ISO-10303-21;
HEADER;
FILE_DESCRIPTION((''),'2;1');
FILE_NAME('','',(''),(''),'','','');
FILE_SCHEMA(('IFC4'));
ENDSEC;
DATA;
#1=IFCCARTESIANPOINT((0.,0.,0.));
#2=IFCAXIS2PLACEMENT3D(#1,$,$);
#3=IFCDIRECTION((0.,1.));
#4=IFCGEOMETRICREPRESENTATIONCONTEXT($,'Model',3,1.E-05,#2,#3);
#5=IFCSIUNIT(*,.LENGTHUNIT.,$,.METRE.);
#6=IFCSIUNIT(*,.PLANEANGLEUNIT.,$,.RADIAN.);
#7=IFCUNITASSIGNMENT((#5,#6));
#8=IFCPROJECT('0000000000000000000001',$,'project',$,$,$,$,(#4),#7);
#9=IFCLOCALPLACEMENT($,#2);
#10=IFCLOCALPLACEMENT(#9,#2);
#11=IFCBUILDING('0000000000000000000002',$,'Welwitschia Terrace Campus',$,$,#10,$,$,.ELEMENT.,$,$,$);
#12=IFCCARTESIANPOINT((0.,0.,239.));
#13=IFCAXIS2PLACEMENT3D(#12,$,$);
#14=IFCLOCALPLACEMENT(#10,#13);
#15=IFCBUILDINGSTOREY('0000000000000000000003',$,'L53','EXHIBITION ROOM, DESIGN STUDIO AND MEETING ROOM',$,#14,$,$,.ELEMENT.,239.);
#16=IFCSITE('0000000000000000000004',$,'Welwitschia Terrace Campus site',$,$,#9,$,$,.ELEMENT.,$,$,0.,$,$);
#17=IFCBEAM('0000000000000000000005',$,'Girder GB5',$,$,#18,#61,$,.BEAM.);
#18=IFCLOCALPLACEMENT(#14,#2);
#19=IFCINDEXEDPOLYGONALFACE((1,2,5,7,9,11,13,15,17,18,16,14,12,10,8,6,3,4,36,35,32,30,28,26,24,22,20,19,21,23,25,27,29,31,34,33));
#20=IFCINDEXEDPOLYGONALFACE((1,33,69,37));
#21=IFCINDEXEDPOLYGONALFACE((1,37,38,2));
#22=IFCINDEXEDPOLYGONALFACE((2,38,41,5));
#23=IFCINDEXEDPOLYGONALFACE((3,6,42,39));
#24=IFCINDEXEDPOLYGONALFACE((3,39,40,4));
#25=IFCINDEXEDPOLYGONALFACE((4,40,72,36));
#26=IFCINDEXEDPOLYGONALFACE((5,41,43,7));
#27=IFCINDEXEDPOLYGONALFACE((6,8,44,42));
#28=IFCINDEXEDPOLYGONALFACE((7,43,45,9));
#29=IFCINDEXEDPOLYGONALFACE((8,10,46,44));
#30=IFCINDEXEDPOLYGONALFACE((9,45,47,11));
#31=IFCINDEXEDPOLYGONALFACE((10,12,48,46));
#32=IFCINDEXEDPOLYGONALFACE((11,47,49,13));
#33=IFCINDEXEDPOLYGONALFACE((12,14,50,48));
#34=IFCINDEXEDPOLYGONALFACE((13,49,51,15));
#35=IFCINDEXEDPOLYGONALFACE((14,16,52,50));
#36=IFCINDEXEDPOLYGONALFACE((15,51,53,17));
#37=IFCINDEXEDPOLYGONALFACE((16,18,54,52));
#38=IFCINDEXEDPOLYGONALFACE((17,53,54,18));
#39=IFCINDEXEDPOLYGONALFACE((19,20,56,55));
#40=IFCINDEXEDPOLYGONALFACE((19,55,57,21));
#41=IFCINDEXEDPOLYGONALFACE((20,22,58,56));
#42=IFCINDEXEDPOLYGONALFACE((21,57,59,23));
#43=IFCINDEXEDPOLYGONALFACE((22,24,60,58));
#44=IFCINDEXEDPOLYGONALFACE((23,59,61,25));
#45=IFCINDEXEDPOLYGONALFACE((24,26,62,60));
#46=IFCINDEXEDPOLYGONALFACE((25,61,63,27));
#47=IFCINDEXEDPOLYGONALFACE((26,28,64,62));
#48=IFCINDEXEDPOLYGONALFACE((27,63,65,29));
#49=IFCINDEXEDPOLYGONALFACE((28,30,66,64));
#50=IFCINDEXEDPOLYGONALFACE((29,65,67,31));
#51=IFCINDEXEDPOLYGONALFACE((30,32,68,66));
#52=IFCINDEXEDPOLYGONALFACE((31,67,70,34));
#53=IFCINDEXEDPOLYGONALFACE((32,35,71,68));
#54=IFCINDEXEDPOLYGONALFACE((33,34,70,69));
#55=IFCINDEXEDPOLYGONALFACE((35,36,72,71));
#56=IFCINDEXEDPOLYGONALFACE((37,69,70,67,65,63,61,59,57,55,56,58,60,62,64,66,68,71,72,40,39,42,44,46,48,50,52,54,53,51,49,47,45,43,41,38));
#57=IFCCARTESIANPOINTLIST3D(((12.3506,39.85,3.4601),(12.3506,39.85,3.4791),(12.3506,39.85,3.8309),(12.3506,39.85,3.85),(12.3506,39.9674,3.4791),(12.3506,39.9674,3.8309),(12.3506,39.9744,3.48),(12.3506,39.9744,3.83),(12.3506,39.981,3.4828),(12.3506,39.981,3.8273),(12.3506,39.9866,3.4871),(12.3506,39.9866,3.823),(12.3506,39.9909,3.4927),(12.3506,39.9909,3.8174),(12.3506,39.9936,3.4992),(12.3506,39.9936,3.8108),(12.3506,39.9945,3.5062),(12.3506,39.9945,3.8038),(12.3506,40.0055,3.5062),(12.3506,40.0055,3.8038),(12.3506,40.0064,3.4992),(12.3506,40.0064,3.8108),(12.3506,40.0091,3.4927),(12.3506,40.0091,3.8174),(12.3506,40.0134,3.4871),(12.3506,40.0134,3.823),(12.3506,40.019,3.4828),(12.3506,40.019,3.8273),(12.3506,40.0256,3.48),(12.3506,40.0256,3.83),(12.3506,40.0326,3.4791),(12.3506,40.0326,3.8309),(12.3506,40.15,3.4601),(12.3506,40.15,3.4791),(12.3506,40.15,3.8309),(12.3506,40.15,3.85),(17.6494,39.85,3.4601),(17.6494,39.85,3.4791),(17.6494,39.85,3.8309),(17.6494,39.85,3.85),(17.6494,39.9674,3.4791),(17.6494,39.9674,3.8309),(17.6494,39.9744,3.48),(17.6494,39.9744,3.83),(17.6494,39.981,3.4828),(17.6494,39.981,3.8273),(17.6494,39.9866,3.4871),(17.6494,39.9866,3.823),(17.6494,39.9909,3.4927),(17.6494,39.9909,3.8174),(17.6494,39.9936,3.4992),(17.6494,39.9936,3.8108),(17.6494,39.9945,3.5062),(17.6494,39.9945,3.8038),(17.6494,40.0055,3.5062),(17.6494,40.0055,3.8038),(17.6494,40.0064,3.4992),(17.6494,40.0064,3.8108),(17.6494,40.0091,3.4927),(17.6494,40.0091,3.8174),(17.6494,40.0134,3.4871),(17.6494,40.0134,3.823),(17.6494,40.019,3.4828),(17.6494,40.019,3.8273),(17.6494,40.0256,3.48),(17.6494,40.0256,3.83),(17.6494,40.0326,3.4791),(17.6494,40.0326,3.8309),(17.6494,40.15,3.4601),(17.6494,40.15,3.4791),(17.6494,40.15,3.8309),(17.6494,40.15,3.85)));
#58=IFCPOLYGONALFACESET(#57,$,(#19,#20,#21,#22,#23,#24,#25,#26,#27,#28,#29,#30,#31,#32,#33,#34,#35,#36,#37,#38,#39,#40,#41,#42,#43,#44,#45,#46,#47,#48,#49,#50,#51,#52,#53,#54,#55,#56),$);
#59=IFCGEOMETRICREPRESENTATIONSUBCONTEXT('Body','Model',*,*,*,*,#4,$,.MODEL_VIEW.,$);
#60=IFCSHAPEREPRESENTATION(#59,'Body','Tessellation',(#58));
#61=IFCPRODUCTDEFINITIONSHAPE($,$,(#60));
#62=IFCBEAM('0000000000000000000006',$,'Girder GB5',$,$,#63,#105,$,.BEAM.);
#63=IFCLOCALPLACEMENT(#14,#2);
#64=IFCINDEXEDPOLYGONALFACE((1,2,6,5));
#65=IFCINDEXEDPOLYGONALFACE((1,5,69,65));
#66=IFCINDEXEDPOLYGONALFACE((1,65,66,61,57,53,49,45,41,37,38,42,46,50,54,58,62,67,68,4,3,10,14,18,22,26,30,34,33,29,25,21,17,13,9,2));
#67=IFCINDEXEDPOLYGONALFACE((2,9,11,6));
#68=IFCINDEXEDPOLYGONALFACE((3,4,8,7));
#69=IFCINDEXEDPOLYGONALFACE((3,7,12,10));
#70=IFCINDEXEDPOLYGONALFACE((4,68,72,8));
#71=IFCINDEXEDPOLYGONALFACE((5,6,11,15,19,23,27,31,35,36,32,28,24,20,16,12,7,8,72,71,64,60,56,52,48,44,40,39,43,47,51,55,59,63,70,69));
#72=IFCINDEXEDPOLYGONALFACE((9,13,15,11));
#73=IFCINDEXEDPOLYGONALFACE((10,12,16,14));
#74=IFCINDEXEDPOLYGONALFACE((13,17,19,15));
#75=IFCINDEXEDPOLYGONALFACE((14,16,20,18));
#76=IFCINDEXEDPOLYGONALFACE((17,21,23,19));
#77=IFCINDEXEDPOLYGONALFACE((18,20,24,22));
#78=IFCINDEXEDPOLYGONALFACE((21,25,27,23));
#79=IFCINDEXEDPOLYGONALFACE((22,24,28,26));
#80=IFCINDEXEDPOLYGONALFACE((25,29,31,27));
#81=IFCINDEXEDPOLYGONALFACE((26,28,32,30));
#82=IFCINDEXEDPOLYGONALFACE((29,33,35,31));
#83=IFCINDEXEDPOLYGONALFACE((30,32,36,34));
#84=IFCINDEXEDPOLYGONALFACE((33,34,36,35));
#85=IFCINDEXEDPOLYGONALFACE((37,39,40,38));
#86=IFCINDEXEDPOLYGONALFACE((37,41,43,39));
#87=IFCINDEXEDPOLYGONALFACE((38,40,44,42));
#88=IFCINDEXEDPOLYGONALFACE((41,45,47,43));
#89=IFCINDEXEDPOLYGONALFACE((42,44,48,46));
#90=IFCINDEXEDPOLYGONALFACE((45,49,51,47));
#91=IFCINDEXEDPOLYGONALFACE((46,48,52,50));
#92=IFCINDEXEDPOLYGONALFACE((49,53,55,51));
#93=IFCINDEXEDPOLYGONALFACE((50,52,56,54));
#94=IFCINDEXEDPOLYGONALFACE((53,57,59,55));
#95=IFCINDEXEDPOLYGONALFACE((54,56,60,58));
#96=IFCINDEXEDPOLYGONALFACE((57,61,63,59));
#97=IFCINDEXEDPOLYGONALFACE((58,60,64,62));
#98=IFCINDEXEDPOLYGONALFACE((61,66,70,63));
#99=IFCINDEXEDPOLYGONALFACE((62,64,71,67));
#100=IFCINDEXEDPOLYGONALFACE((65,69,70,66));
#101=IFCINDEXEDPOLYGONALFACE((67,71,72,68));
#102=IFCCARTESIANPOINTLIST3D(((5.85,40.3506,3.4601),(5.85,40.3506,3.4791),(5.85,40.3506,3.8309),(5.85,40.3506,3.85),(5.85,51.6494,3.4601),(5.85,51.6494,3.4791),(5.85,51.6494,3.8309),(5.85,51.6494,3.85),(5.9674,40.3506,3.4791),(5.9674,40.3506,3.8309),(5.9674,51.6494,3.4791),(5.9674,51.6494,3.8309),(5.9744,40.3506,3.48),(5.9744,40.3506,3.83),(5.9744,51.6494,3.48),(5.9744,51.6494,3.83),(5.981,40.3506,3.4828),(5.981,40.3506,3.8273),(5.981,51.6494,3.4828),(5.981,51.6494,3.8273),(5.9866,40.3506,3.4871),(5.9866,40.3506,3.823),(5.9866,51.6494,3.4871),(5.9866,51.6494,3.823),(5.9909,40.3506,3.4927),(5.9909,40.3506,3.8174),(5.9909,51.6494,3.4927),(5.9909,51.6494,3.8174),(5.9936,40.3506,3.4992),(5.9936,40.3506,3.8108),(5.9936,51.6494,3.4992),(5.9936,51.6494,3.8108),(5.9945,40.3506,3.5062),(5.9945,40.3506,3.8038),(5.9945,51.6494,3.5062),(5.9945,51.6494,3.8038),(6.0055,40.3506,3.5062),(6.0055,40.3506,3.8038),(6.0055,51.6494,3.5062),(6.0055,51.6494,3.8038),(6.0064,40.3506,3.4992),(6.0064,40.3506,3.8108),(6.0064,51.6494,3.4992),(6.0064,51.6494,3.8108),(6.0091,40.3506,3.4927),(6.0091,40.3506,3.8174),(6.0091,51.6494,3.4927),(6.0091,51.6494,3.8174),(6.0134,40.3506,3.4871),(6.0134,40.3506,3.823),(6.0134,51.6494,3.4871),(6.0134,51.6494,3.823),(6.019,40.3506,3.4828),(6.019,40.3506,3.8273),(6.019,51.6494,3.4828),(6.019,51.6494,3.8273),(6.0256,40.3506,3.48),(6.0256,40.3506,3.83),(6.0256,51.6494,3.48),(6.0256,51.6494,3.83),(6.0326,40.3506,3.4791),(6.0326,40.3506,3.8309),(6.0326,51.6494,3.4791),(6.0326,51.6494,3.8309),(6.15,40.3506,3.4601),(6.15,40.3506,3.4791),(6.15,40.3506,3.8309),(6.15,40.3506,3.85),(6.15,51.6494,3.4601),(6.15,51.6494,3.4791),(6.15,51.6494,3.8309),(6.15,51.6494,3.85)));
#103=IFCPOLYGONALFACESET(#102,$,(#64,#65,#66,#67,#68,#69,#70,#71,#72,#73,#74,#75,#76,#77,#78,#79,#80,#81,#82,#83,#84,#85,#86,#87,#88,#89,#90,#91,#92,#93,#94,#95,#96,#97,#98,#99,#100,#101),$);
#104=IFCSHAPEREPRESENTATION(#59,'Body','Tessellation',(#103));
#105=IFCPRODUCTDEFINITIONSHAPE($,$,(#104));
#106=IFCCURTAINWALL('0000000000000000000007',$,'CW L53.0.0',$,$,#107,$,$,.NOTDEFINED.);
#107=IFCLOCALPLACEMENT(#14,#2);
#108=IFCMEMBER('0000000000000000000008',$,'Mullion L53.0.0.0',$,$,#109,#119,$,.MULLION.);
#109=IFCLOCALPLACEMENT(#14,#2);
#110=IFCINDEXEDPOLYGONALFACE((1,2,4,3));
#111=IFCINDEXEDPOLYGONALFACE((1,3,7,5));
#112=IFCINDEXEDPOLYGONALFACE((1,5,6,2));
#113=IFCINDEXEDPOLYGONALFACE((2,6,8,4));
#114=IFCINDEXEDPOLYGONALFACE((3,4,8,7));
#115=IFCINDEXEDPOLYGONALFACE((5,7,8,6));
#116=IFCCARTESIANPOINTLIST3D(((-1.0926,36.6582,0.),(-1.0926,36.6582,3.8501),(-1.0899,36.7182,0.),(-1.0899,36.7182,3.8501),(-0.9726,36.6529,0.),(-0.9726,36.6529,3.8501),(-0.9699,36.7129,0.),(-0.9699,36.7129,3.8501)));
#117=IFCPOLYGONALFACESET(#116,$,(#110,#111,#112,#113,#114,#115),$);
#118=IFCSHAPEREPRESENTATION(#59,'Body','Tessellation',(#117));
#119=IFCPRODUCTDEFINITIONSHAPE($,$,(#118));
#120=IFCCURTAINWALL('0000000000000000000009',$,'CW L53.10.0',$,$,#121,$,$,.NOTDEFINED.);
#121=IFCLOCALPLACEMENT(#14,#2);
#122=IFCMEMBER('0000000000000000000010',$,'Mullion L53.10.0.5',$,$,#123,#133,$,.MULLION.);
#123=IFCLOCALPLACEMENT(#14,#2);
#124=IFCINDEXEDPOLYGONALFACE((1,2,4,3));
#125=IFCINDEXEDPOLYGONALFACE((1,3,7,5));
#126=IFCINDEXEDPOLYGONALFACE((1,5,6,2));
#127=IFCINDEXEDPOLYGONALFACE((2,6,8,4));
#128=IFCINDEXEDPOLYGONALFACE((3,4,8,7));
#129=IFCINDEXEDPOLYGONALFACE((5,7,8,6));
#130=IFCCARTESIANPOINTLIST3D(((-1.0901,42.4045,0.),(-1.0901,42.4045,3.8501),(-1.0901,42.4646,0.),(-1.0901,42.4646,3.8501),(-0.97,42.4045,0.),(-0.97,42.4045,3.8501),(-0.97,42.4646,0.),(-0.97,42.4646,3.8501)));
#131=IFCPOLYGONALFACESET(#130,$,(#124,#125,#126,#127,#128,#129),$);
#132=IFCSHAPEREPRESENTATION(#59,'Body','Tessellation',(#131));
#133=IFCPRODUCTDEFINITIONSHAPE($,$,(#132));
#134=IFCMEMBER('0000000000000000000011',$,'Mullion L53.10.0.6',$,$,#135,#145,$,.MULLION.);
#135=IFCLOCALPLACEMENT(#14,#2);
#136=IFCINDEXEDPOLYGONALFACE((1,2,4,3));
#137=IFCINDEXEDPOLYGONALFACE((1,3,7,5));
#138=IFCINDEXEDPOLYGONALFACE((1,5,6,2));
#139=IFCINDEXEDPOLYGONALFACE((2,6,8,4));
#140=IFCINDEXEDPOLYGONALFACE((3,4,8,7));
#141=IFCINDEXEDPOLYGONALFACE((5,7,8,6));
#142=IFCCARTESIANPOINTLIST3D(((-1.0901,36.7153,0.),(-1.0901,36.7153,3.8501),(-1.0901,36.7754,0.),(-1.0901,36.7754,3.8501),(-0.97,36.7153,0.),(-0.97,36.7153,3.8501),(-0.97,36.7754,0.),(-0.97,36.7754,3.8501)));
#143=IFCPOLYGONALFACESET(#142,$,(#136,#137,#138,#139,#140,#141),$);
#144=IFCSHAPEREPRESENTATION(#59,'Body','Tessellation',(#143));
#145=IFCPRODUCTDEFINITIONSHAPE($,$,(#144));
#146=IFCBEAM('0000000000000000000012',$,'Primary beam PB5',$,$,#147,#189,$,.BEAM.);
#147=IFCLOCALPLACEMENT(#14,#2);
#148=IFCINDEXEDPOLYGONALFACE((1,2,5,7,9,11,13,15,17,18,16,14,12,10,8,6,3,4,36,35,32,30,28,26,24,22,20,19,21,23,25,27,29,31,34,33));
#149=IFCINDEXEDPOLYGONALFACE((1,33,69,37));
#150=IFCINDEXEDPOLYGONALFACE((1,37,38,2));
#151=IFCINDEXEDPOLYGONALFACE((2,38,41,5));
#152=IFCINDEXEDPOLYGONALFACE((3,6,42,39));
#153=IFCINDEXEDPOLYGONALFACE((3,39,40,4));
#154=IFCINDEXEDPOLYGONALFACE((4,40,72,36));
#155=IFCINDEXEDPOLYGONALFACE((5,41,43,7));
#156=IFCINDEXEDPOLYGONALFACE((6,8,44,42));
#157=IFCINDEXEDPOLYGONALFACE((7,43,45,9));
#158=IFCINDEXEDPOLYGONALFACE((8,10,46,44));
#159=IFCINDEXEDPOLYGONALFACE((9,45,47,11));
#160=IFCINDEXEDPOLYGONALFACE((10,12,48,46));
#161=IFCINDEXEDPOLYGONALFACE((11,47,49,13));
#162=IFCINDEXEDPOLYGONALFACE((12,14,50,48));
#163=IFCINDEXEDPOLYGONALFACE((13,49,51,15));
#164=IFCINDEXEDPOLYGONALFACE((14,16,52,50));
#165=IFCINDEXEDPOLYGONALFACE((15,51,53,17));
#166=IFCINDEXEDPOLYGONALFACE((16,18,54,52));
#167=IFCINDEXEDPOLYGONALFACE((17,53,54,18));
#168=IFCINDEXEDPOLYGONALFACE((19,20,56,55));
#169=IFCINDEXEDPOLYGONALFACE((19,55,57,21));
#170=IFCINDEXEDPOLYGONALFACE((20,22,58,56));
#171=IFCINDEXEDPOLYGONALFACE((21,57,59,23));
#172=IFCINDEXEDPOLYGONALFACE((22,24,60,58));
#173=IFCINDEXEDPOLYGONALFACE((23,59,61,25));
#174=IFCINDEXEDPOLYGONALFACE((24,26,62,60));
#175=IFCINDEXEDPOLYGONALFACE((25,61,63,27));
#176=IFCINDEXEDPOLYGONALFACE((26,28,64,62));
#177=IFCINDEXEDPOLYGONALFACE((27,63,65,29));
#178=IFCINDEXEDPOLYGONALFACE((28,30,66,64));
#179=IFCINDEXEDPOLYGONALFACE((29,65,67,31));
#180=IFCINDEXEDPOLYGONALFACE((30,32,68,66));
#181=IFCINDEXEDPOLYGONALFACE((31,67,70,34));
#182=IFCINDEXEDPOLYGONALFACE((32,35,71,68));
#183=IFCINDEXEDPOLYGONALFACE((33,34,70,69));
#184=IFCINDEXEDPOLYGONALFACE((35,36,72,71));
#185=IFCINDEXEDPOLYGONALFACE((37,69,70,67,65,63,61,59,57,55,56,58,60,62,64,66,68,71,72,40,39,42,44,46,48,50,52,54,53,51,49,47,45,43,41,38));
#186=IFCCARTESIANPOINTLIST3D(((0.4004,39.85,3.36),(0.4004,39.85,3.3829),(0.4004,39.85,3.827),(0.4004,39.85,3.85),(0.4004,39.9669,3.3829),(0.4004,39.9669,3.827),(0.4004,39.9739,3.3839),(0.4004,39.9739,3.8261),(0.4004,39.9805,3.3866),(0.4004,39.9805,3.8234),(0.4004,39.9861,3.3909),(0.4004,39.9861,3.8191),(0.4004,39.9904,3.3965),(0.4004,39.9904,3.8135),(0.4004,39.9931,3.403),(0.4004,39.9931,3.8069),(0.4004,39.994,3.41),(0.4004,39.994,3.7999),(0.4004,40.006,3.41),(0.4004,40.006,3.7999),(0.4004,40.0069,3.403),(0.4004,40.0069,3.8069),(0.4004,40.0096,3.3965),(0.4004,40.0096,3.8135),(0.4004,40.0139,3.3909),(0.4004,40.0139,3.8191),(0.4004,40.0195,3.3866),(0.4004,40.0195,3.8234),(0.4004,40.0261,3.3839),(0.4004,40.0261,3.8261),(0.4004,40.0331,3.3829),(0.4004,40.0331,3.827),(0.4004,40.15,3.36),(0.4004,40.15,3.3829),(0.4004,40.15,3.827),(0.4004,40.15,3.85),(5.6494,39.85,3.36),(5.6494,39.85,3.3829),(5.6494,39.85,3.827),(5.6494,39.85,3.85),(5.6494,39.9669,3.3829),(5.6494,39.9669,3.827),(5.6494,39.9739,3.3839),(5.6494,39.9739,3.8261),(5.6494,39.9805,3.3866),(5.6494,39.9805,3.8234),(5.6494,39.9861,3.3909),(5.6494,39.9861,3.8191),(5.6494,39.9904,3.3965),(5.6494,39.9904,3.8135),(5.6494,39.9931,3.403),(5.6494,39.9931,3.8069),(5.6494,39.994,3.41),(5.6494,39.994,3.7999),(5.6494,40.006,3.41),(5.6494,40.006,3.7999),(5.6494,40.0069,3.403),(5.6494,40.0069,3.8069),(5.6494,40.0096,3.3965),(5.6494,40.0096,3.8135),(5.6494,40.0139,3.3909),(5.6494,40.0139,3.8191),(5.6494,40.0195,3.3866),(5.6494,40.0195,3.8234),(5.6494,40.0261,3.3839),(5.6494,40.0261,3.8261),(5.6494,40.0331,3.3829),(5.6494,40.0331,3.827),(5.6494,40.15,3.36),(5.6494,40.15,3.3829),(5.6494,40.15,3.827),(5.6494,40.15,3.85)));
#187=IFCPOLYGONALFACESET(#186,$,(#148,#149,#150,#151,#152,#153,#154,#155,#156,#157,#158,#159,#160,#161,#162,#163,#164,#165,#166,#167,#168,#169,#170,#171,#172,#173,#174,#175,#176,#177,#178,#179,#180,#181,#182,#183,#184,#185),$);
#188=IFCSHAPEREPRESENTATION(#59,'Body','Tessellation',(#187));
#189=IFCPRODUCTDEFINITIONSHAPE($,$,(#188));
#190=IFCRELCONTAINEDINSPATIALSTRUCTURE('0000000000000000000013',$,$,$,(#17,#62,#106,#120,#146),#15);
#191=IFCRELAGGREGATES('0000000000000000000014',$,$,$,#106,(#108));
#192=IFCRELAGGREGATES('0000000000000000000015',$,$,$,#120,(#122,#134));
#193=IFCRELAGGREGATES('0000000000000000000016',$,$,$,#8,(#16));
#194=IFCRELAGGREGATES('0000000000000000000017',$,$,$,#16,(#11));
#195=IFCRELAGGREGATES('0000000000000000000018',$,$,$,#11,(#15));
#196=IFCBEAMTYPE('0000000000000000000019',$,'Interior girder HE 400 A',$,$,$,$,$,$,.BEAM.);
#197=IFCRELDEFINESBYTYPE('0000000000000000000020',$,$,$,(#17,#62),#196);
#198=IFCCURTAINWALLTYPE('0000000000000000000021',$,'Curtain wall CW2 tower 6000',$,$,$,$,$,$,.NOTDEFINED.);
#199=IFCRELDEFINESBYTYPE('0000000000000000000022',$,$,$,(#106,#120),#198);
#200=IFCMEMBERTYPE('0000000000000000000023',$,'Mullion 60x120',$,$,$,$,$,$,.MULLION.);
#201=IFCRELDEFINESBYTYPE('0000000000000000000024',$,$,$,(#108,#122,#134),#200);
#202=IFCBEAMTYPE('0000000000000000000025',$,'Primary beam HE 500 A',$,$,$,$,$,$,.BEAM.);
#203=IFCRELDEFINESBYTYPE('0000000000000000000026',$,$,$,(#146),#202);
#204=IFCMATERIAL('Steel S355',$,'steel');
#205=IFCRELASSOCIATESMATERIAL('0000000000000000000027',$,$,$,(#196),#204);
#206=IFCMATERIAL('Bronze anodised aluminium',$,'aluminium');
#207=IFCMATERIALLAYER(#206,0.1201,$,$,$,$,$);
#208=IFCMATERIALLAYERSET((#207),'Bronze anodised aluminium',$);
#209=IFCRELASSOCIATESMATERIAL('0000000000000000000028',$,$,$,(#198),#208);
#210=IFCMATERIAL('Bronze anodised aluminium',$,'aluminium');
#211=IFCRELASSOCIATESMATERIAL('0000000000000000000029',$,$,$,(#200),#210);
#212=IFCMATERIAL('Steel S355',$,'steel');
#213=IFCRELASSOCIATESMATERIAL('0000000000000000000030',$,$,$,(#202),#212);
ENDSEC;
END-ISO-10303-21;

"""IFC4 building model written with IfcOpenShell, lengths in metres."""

from ifc_helpers import new_model, si_unit, direction, frame, origin, origin_2d, place, context, subcontext, project, spatial, rectangle, i_section, extrude, material, layer, layer_set, material_profile, profile_set, type_object, element, aggregate, save


model = new_model("IFC4")

# Units and contexts
model_context = context("Model", 3, precision=1e-05, world=origin(), true_north=direction((0.0, 1.0)))
body_context = subcontext(model_context, "Body", "Model", "MODEL_VIEW")
ifc_project = project(units=[si_unit("LENGTHUNIT", "METRE"), si_unit("PLANEANGLEUNIT", "RADIAN")], contexts=[model_context])

# Site, building, storey
site_placement = place(None, origin())
site = spatial("IfcSite", under=ifc_project, at=site_placement, Name="Welwitschia Terrace Campus site", CompositionType="ELEMENT", RefElevation=0.0)
building_placement = place(site_placement, origin())
building = spatial("IfcBuilding", under=site, at=building_placement, Name="Welwitschia Terrace Campus", CompositionType="ELEMENT")
storey_placement = place(building_placement, frame((0.0, 0.0, 239.0)))
storey = spatial("IfcBuildingStorey", under=building, at=storey_placement, Name="L53", Description="EXHIBITION ROOM, DESIGN STUDIO AND MEETING ROOM", CompositionType="ELEMENT", Elevation=239.0)

# Beams
ifc_material_1 = material(Name="Steel S355", Category="steel")
ifc_material_profile_1 = material_profile(ifc_material_1, i_section(OverallWidth=0.3, OverallDepth=0.3899, WebThickness=0.011, FlangeThickness=0.019, FilletRadius=0.0271, at=origin_2d()))
ifc_profile_set_1 = profile_set([ifc_material_profile_1], Name="Steel S355")
beam_type_1 = type_object("IfcBeamType", Name="Interior girder HE 400 A", PredefinedType="BEAM", material=ifc_profile_set_1)
for number, where, z_axis, x_axis, name in (
    (1, (12.3506, 40.0, 3.655), (1.0, 0.0, 0.0), (0.0, 1.0, 0.0), "Girder GB5"),
):
    element("IfcBeam", number, at=place(storey_placement, frame(where, z_axis=z_axis, x_axis=x_axis)), inside=storey, type_object=beam_type_1, Name=name, PredefinedType="BEAM", context=body_context, shape_type="SweptSolid", body=[
        extrude(i_section(OverallWidth=0.3, OverallDepth=0.3899, WebThickness=0.011, FlangeThickness=0.019, FilletRadius=0.0271, at=origin_2d()), origin(), (0.0, 0.0, 1.0), 5.2988),
    ])
beam_1_placement = place(storey_placement, frame((6.0, 40.3506, 3.655), z_axis=(0.0, 1.0, 0.0), x_axis=(-1.0, 0.0, 0.0)))
element("IfcBeam", 2, at=beam_1_placement, inside=storey, type_object=beam_type_1, Name="Girder GB5", PredefinedType="BEAM", context=body_context, shape_type="SweptSolid", body=[
    extrude(i_section(OverallWidth=0.3, OverallDepth=0.3899, WebThickness=0.011, FlangeThickness=0.019, FilletRadius=0.0271, at=origin_2d()), origin(), (0.0, 0.0, 1.0), 11.2988),
])

# Curtain wall, member
ifc_material_2 = material(Name="Bronze anodised aluminium", Category="aluminium")
ifc_layer_1 = layer(ifc_material_2, 0.1201)
ifc_layer_set_1 = layer_set([ifc_layer_1], Name="Bronze anodised aluminium")
curtain_wall_type = type_object("IfcCurtainWallType", Name="Curtain wall CW2 tower 6000", PredefinedType="NOTDEFINED", material=ifc_layer_set_1)
curtain_wall_1_placement = place(storey_placement, origin())
curtain_wall_1 = element("IfcCurtainWall", 3, at=curtain_wall_1_placement, inside=storey, type_object=curtain_wall_type, Name="CW L53.0.0", PredefinedType="NOTDEFINED")
ifc_material_3 = material(Name="Bronze anodised aluminium", Category="aluminium")
ifc_material_profile_2 = material_profile(ifc_material_3, rectangle(XDim=0.1201, YDim=0.0601, at=origin_2d()))
ifc_profile_set_2 = profile_set([ifc_material_profile_2], Name="Bronze anodised aluminium")
member_type_1 = type_object("IfcMemberType", Name="Mullion 60x120", PredefinedType="MULLION", material=ifc_profile_set_2)
member_1_placement = place(storey_placement, frame((-1.0312, 36.6855, 0.0), z_axis=(0.0, 0.0, 1.0), x_axis=(0.999048, -0.043619, 0.0)))
member_1 = element("IfcMember", 4, at=member_1_placement, type_object=member_type_1, Name="Mullion L53.0.0.0", PredefinedType="MULLION", context=body_context, shape_type="SweptSolid", body=[
    extrude(rectangle(XDim=0.1201, YDim=0.0601, at=origin_2d()), origin(), (0.0, 0.0, 1.0), 3.8501),
])

# Curtain wall, members
curtain_wall_2_placement = place(storey_placement, origin())
curtain_wall_2 = element("IfcCurtainWall", 5, at=curtain_wall_2_placement, inside=storey, type_object=curtain_wall_type, Name="CW L53.10.0", PredefinedType="NOTDEFINED")
member_2_placement = place(storey_placement, frame((-1.03, 42.4346, 0.0), z_axis=(0.0, 0.0, 1.0), x_axis=(1.0, 0.0, 0.0)))
member_2 = element("IfcMember", 6, at=member_2_placement, type_object=member_type_1, Name="Mullion L53.10.0.5", PredefinedType="MULLION", context=body_context, shape_type="SweptSolid", body=[
    extrude(rectangle(XDim=0.1201, YDim=0.0601, at=origin_2d()), origin(), (0.0, 0.0, 1.0), 3.8501),
])
member_3_placement = place(storey_placement, frame((-1.03, 36.7454, 0.0), z_axis=(0.0, 0.0, 1.0), x_axis=(1.0, 0.0, 0.0)))
member_3 = element("IfcMember", 7, at=member_3_placement, type_object=member_type_1, Name="Mullion L53.10.0.6", PredefinedType="MULLION", context=body_context, shape_type="SweptSolid", body=[
    extrude(rectangle(XDim=0.1201, YDim=0.0601, at=origin_2d()), origin(), (0.0, 0.0, 1.0), 3.8501),
])

# Beam
ifc_material_4 = material(Name="Steel S355", Category="steel")
ifc_material_profile_3 = material_profile(ifc_material_4, i_section(OverallWidth=0.3, OverallDepth=0.49, WebThickness=0.012, FlangeThickness=0.0229, FilletRadius=0.0271, at=origin_2d()))
ifc_profile_set_3 = profile_set([ifc_material_profile_3], Name="Steel S355")
beam_type_2 = type_object("IfcBeamType", Name="Primary beam HE 500 A", PredefinedType="BEAM", material=ifc_profile_set_3)
beam_2_placement = place(storey_placement, frame((0.4004, 40.0, 3.605), z_axis=(1.0, 0.0, 0.0), x_axis=(0.0, 1.0, 0.0)))
element("IfcBeam", 8, at=beam_2_placement, inside=storey, type_object=beam_type_2, Name="Primary beam PB5", PredefinedType="BEAM", context=body_context, shape_type="SweptSolid", body=[
    extrude(i_section(OverallWidth=0.3, OverallDepth=0.49, WebThickness=0.012, FlangeThickness=0.0229, FilletRadius=0.0271, at=origin_2d()), origin(), (0.0, 0.0, 1.0), 5.249),
])

aggregate(curtain_wall_1, [member_1])

aggregate(curtain_wall_2, [member_2, member_3])

save(model, "model.ifc")
